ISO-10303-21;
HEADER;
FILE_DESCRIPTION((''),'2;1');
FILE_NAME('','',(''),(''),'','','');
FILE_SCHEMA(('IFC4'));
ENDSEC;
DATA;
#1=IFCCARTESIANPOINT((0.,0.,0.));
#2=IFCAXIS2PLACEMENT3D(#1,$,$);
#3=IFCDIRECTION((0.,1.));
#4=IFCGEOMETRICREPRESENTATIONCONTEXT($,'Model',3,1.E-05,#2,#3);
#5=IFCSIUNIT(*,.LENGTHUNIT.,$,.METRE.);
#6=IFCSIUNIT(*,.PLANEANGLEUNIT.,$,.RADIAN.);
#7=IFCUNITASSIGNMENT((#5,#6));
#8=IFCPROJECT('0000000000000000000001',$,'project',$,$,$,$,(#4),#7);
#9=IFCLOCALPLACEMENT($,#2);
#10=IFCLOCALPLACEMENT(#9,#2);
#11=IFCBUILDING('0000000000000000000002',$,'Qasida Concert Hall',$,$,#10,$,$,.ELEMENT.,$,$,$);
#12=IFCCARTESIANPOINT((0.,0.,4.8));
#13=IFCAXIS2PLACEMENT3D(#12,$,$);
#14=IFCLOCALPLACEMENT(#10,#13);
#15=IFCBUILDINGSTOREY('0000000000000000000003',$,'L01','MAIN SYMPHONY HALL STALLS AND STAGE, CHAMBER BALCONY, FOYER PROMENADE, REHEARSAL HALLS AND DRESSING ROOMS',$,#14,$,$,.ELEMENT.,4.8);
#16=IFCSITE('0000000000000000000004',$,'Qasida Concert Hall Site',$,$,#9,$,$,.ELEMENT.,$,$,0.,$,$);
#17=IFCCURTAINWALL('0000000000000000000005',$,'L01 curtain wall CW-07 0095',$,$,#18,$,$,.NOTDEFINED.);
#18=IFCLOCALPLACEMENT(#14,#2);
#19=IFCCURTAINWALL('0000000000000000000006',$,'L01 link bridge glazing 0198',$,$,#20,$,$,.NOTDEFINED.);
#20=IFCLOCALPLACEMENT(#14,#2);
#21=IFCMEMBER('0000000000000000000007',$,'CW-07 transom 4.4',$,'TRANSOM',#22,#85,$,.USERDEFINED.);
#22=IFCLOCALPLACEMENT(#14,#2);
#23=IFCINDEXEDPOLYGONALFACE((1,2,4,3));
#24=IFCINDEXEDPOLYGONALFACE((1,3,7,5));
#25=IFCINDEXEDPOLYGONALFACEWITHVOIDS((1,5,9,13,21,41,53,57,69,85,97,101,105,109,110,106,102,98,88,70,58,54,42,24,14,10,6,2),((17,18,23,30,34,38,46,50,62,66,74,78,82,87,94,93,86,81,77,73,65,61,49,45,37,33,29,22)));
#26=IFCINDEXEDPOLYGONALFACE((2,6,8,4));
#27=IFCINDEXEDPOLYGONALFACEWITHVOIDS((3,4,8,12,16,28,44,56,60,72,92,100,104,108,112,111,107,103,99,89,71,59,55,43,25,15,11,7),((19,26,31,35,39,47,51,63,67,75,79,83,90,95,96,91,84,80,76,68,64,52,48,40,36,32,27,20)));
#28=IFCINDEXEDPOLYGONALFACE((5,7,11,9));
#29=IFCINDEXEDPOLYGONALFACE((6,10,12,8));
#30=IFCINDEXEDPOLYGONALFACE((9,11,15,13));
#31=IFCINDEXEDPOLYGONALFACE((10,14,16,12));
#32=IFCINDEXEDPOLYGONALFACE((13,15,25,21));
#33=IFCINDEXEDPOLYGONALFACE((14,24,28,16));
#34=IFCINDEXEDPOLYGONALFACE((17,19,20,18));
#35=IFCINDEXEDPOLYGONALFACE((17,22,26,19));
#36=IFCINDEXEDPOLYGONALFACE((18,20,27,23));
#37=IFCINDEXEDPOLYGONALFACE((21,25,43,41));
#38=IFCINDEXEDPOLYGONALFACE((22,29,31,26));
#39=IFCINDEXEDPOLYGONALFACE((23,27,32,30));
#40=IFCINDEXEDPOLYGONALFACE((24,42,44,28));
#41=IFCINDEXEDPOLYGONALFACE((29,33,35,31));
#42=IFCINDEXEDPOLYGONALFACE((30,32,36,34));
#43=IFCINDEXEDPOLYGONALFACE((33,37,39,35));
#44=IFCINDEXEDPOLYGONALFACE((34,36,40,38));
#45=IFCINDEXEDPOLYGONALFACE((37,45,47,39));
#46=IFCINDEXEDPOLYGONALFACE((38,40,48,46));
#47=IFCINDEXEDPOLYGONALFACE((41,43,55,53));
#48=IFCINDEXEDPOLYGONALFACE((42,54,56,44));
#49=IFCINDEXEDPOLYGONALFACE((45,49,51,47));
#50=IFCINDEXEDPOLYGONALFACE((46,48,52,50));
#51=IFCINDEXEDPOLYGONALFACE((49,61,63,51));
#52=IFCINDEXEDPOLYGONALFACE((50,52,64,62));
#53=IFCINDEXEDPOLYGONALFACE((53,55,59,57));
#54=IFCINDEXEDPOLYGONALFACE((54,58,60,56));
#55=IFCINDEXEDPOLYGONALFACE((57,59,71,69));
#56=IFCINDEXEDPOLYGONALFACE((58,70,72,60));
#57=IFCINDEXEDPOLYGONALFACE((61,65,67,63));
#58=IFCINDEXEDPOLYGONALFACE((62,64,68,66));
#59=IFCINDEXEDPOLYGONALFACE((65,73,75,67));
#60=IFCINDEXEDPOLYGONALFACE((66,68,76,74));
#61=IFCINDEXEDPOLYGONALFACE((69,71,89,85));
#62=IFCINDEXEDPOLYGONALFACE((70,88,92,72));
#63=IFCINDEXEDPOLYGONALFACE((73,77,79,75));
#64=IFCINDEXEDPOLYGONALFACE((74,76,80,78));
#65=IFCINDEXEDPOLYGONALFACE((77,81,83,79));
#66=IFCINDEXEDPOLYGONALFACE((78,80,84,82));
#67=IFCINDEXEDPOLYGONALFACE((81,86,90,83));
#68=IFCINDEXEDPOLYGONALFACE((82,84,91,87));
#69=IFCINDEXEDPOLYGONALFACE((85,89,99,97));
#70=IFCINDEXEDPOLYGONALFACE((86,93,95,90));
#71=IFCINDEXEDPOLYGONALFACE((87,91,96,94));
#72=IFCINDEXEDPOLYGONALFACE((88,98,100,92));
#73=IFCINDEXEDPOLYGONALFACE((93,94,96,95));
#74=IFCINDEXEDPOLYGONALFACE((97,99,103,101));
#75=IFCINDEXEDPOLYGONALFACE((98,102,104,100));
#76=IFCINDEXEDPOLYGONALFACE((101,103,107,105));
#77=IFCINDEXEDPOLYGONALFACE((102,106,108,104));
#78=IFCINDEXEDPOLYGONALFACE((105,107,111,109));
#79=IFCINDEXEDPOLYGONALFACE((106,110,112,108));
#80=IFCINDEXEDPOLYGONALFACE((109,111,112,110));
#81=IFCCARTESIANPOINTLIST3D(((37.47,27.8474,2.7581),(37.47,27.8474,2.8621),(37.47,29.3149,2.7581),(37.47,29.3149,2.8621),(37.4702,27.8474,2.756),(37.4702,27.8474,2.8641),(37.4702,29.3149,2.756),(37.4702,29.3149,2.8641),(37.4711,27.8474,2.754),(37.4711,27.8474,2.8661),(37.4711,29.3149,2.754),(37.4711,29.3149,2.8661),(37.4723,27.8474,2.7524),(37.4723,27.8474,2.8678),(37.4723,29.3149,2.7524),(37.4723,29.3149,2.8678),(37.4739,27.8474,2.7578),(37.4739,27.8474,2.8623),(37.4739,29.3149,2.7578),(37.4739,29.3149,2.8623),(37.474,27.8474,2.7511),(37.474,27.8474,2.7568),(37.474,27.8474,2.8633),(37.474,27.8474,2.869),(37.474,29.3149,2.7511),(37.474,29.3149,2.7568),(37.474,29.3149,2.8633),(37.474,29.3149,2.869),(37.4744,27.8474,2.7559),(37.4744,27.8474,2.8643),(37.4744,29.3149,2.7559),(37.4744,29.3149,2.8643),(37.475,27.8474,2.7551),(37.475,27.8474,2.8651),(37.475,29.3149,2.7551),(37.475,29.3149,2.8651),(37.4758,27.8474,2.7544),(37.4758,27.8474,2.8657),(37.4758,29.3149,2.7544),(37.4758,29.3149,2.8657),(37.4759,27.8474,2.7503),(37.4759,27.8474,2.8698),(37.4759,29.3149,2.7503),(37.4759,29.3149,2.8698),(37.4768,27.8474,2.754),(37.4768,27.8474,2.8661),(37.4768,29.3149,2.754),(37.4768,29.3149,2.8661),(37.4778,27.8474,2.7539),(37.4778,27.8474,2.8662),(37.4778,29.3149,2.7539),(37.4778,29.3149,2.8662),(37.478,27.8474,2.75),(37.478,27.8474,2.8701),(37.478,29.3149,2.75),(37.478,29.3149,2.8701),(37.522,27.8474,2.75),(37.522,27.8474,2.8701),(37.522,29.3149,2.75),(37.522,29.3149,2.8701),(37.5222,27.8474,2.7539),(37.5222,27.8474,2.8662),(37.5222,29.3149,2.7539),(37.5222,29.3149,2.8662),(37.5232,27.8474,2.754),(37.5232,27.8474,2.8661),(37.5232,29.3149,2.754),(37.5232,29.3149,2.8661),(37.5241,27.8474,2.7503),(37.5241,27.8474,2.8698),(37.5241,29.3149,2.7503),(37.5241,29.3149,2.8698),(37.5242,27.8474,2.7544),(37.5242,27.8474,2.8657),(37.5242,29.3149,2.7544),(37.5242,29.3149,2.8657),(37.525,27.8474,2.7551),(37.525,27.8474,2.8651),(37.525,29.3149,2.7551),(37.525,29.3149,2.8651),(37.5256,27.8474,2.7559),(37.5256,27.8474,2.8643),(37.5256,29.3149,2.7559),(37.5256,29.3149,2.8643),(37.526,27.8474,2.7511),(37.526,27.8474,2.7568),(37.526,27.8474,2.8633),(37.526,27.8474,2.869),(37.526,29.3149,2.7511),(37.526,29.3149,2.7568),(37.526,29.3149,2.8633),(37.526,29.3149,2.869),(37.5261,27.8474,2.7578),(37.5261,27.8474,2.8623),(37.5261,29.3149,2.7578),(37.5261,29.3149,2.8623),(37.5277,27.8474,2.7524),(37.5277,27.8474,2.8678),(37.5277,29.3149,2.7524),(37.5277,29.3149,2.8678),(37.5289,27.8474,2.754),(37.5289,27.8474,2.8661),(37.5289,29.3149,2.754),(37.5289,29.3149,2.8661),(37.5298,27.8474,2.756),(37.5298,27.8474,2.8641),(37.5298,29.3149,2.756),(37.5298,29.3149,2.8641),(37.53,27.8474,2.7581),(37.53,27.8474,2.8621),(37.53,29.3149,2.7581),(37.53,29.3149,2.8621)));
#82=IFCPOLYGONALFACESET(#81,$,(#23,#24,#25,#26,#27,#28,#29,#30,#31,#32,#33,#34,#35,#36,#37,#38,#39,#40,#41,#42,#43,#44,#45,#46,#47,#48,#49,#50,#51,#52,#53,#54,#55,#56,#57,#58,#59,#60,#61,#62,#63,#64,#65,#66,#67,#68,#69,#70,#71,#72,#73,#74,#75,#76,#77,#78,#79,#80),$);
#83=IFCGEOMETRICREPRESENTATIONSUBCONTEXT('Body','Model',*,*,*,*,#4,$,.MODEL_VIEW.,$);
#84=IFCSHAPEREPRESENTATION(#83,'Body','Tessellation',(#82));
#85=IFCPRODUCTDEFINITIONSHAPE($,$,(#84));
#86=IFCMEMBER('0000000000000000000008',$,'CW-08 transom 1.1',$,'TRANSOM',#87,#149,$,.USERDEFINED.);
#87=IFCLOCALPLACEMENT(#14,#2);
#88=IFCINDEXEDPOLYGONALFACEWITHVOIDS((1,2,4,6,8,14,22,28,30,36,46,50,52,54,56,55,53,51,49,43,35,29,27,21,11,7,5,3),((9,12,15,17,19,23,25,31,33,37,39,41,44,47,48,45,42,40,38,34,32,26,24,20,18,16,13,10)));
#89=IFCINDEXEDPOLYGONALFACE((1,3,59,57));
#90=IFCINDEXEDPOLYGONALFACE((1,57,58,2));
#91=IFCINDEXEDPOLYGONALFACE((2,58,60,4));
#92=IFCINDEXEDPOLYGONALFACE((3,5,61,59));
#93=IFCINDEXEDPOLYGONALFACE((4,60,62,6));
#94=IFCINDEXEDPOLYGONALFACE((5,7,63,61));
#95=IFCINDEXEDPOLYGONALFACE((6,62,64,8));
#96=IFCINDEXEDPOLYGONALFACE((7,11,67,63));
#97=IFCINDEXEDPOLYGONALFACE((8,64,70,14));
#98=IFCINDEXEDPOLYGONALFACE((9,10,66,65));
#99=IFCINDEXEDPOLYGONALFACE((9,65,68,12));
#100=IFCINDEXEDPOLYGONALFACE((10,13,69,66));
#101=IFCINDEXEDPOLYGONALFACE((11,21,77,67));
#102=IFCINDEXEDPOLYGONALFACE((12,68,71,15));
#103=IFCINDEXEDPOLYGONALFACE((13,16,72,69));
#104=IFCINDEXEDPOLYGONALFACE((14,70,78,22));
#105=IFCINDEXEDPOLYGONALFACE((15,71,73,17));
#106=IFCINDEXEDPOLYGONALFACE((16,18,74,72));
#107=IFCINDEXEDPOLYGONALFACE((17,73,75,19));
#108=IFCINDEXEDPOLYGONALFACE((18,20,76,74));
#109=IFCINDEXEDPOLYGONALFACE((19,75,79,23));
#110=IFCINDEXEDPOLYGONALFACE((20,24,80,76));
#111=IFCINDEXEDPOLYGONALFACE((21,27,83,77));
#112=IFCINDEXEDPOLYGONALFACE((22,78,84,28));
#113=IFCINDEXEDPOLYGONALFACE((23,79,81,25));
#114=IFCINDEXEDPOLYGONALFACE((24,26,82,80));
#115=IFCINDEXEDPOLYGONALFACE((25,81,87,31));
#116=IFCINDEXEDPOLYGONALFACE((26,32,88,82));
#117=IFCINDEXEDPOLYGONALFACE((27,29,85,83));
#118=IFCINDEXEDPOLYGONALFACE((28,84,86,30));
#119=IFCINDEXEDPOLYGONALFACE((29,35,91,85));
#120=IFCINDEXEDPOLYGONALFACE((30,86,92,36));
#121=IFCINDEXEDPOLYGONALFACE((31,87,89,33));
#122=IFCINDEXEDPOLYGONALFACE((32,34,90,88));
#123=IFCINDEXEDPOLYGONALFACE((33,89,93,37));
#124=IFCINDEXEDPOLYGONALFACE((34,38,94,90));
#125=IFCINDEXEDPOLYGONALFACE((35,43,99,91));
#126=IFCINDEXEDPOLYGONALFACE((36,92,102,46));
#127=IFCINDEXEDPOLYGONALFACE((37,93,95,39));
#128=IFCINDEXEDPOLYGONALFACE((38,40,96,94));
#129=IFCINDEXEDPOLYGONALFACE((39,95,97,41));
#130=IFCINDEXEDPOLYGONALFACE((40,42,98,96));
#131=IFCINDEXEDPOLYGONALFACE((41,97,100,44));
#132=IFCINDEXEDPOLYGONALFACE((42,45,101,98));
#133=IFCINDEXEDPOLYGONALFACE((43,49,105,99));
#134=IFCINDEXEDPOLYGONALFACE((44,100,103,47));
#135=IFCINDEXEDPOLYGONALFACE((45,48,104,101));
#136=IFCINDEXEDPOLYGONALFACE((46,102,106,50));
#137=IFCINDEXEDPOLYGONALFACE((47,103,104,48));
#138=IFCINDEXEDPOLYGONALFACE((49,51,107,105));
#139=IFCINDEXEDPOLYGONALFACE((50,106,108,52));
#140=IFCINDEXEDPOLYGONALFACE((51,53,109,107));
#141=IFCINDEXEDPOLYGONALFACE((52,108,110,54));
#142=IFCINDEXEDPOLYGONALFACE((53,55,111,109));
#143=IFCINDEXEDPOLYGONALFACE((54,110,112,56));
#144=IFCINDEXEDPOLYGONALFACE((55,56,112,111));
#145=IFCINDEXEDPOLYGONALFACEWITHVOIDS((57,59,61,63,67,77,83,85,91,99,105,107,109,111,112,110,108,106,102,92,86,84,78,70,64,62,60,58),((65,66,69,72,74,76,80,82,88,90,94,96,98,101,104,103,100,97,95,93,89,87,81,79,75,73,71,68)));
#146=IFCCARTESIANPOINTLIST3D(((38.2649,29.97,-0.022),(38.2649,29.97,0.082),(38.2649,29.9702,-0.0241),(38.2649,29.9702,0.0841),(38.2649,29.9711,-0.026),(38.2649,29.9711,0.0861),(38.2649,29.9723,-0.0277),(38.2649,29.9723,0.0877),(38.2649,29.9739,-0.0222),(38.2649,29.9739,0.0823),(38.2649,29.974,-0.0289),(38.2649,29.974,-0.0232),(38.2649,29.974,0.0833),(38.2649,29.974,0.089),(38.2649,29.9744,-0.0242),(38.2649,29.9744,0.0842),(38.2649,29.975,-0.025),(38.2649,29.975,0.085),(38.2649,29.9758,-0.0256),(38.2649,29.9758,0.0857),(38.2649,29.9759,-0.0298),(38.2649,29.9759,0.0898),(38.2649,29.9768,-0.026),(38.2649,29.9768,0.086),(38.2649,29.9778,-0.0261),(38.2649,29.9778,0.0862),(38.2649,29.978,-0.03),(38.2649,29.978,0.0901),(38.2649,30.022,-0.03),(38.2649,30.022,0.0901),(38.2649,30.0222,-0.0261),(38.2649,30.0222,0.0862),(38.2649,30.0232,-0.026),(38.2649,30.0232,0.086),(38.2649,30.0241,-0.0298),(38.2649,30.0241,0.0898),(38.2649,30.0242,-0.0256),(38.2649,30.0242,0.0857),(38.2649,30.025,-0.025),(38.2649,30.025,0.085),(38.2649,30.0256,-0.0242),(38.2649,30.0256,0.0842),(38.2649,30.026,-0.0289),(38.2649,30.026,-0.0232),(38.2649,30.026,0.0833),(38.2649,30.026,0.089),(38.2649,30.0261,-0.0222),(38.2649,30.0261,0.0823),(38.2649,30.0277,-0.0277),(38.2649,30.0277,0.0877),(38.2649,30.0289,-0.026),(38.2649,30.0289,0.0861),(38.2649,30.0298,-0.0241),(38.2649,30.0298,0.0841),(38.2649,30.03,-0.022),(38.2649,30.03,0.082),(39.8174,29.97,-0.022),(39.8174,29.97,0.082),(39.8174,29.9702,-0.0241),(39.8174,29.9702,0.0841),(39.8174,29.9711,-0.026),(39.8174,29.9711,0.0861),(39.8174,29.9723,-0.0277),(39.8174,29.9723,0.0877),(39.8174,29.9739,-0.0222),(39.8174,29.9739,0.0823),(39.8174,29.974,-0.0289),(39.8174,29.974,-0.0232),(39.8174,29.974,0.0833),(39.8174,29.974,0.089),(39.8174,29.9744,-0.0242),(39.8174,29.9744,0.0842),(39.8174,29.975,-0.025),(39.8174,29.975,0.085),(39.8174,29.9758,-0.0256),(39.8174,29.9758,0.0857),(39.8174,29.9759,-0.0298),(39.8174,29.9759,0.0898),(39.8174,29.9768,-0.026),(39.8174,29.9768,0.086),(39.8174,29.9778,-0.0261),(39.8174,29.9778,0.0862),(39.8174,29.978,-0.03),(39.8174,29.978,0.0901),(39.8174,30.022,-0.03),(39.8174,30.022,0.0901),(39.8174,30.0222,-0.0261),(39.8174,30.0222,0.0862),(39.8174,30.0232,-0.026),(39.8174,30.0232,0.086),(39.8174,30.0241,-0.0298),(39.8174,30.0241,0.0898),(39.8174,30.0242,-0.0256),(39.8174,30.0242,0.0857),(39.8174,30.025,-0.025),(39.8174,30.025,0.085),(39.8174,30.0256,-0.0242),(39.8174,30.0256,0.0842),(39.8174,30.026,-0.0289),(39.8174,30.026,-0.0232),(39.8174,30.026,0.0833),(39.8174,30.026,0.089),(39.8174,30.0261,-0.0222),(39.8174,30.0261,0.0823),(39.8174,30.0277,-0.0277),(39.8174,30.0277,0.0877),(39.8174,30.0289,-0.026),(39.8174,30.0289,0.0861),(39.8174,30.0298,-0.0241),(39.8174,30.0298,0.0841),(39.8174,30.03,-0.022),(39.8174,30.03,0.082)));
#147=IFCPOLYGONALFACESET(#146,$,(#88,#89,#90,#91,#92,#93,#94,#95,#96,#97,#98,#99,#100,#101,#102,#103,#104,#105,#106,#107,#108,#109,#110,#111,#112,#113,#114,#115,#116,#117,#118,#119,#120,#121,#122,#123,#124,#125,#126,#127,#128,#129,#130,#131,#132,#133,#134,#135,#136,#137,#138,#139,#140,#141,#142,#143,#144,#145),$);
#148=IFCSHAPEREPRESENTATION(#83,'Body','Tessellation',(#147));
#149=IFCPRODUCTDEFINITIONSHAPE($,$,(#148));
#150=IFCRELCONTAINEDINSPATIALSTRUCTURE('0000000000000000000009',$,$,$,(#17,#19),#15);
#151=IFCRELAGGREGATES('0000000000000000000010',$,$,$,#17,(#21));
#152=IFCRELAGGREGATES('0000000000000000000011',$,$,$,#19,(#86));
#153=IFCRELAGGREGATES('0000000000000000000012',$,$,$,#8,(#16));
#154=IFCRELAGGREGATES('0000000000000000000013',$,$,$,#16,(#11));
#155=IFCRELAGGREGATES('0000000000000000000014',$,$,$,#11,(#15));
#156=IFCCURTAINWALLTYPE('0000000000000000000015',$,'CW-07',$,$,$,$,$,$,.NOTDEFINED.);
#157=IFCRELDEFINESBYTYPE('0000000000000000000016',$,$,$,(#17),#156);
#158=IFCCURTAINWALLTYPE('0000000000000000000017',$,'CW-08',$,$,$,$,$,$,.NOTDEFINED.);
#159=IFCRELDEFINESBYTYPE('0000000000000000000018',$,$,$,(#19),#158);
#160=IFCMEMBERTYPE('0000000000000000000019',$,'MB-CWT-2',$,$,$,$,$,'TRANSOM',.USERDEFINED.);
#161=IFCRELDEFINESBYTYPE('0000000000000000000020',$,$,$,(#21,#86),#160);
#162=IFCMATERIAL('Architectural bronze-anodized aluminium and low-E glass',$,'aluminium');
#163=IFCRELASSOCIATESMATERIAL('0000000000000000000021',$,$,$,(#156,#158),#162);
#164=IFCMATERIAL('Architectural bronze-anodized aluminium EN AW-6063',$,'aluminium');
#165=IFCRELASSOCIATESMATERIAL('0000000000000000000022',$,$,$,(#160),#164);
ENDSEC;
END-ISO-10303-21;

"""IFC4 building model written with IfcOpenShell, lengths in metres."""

from ifc_helpers import new_model, si_unit, direction, frame, origin, origin_2d, place, context, subcontext, project, spatial, hollow_rectangle, extrude, material, material_profile, profile_set, type_object, element, aggregate, save


model = new_model("IFC4")

# Units and contexts
model_context = context("Model", 3, precision=1e-05, world=origin(), true_north=direction((0.0, 1.0)))
body_context = subcontext(model_context, "Body", "Model", "MODEL_VIEW")
ifc_project = project(units=[si_unit("LENGTHUNIT", "METRE"), si_unit("PLANEANGLEUNIT", "RADIAN")], contexts=[model_context])

# Site, building, storey
site_placement = place(None, origin())
site = spatial("IfcSite", under=ifc_project, at=site_placement, Name="Qasida Concert Hall Site", CompositionType="ELEMENT", RefElevation=0.0)
building_placement = place(site_placement, origin())
building = spatial("IfcBuilding", under=site, at=building_placement, Name="Qasida Concert Hall", CompositionType="ELEMENT")
storey_placement = place(building_placement, frame((0.0, 0.0, 4.8)))
storey = spatial("IfcBuildingStorey", under=building, at=storey_placement, Name="L01", Description="MAIN SYMPHONY HALL STALLS AND STAGE, CHAMBER BALCONY, FOYER PROMENADE, REHEARSAL HALLS AND DRESSING ROOMS", CompositionType="ELEMENT", Elevation=4.8)

# Curtain wall
ifc_material_1 = material(Name="Architectural bronze-anodized aluminium and low-E glass", Category="aluminium")
curtain_wall_type_1 = type_object("IfcCurtainWallType", Name="CW-07", PredefinedType="NOTDEFINED", material=ifc_material_1)
curtain_wall_1_placement = place(storey_placement, origin())
curtain_wall_1 = element("IfcCurtainWall", 1, at=curtain_wall_1_placement, inside=storey, type_object=curtain_wall_type_1, Name="L01 curtain wall CW-07 0095", PredefinedType="NOTDEFINED")
ifc_material_2 = material(Name="Architectural bronze-anodized aluminium EN AW-6063", Category="aluminium")

# Curtain wall
curtain_wall_type_2 = type_object("IfcCurtainWallType", Name="CW-08", PredefinedType="NOTDEFINED", material=ifc_material_1)
curtain_wall_2_placement = place(storey_placement, origin())
curtain_wall_2 = element("IfcCurtainWall", 2, at=curtain_wall_2_placement, inside=storey, type_object=curtain_wall_type_2, Name="L01 link bridge glazing 0198", PredefinedType="NOTDEFINED")

# Members
ifc_material_profile_1 = material_profile(ifc_material_2, hollow_rectangle(XDim=0.0601, YDim=0.1201, WallThickness=0.0039, InnerFilletRadius=0.0039, OuterFilletRadius=0.0081, at=origin_2d()), Name="CWT 120x60x4")
ifc_profile_set_1 = profile_set([ifc_material_profile_1], Name="Architectural bronze-anodized aluminium EN AW-6063")
member_type_1 = type_object("IfcMemberType", Name="MB-CWT-2", ElementType="TRANSOM", PredefinedType="USERDEFINED", material=ifc_profile_set_1)
member_1_placement = place(storey_placement, frame((37.5, 27.8474, 2.8101), z_axis=(0.0, 1.0, 0.0), x_axis=(-1.0, 0.0, 0.0)))
member_1 = element("IfcMember", 3, at=member_1_placement, type_object=member_type_1, Name="CW-07 transom 4.4", ObjectType="TRANSOM", PredefinedType="USERDEFINED", context=body_context, shape_type="SweptSolid", body=[
    extrude(hollow_rectangle(XDim=0.0601, YDim=0.1201, WallThickness=0.0039, InnerFilletRadius=0.0039, OuterFilletRadius=0.0081, at=origin_2d()), origin(), (0.0, 0.0, 1.0), 1.4675),
])
member_2_placement = place(storey_placement, frame((38.2649, 30.0, 0.03), z_axis=(1.0, 0.0, 0.0), x_axis=(0.0, 1.0, 0.0)))
member_2 = element("IfcMember", 4, at=member_2_placement, type_object=member_type_1, Name="CW-08 transom 1.1", ObjectType="TRANSOM", PredefinedType="USERDEFINED", context=body_context, shape_type="SweptSolid", body=[
    extrude(hollow_rectangle(XDim=0.0601, YDim=0.1201, WallThickness=0.0039, InnerFilletRadius=0.0039, OuterFilletRadius=0.0081, at=origin_2d()), origin(), (0.0, 0.0, 1.0), 1.5525),
])

aggregate(curtain_wall_1, [member_1])
aggregate(curtain_wall_2, [member_2])

save(model, "model.ifc")
